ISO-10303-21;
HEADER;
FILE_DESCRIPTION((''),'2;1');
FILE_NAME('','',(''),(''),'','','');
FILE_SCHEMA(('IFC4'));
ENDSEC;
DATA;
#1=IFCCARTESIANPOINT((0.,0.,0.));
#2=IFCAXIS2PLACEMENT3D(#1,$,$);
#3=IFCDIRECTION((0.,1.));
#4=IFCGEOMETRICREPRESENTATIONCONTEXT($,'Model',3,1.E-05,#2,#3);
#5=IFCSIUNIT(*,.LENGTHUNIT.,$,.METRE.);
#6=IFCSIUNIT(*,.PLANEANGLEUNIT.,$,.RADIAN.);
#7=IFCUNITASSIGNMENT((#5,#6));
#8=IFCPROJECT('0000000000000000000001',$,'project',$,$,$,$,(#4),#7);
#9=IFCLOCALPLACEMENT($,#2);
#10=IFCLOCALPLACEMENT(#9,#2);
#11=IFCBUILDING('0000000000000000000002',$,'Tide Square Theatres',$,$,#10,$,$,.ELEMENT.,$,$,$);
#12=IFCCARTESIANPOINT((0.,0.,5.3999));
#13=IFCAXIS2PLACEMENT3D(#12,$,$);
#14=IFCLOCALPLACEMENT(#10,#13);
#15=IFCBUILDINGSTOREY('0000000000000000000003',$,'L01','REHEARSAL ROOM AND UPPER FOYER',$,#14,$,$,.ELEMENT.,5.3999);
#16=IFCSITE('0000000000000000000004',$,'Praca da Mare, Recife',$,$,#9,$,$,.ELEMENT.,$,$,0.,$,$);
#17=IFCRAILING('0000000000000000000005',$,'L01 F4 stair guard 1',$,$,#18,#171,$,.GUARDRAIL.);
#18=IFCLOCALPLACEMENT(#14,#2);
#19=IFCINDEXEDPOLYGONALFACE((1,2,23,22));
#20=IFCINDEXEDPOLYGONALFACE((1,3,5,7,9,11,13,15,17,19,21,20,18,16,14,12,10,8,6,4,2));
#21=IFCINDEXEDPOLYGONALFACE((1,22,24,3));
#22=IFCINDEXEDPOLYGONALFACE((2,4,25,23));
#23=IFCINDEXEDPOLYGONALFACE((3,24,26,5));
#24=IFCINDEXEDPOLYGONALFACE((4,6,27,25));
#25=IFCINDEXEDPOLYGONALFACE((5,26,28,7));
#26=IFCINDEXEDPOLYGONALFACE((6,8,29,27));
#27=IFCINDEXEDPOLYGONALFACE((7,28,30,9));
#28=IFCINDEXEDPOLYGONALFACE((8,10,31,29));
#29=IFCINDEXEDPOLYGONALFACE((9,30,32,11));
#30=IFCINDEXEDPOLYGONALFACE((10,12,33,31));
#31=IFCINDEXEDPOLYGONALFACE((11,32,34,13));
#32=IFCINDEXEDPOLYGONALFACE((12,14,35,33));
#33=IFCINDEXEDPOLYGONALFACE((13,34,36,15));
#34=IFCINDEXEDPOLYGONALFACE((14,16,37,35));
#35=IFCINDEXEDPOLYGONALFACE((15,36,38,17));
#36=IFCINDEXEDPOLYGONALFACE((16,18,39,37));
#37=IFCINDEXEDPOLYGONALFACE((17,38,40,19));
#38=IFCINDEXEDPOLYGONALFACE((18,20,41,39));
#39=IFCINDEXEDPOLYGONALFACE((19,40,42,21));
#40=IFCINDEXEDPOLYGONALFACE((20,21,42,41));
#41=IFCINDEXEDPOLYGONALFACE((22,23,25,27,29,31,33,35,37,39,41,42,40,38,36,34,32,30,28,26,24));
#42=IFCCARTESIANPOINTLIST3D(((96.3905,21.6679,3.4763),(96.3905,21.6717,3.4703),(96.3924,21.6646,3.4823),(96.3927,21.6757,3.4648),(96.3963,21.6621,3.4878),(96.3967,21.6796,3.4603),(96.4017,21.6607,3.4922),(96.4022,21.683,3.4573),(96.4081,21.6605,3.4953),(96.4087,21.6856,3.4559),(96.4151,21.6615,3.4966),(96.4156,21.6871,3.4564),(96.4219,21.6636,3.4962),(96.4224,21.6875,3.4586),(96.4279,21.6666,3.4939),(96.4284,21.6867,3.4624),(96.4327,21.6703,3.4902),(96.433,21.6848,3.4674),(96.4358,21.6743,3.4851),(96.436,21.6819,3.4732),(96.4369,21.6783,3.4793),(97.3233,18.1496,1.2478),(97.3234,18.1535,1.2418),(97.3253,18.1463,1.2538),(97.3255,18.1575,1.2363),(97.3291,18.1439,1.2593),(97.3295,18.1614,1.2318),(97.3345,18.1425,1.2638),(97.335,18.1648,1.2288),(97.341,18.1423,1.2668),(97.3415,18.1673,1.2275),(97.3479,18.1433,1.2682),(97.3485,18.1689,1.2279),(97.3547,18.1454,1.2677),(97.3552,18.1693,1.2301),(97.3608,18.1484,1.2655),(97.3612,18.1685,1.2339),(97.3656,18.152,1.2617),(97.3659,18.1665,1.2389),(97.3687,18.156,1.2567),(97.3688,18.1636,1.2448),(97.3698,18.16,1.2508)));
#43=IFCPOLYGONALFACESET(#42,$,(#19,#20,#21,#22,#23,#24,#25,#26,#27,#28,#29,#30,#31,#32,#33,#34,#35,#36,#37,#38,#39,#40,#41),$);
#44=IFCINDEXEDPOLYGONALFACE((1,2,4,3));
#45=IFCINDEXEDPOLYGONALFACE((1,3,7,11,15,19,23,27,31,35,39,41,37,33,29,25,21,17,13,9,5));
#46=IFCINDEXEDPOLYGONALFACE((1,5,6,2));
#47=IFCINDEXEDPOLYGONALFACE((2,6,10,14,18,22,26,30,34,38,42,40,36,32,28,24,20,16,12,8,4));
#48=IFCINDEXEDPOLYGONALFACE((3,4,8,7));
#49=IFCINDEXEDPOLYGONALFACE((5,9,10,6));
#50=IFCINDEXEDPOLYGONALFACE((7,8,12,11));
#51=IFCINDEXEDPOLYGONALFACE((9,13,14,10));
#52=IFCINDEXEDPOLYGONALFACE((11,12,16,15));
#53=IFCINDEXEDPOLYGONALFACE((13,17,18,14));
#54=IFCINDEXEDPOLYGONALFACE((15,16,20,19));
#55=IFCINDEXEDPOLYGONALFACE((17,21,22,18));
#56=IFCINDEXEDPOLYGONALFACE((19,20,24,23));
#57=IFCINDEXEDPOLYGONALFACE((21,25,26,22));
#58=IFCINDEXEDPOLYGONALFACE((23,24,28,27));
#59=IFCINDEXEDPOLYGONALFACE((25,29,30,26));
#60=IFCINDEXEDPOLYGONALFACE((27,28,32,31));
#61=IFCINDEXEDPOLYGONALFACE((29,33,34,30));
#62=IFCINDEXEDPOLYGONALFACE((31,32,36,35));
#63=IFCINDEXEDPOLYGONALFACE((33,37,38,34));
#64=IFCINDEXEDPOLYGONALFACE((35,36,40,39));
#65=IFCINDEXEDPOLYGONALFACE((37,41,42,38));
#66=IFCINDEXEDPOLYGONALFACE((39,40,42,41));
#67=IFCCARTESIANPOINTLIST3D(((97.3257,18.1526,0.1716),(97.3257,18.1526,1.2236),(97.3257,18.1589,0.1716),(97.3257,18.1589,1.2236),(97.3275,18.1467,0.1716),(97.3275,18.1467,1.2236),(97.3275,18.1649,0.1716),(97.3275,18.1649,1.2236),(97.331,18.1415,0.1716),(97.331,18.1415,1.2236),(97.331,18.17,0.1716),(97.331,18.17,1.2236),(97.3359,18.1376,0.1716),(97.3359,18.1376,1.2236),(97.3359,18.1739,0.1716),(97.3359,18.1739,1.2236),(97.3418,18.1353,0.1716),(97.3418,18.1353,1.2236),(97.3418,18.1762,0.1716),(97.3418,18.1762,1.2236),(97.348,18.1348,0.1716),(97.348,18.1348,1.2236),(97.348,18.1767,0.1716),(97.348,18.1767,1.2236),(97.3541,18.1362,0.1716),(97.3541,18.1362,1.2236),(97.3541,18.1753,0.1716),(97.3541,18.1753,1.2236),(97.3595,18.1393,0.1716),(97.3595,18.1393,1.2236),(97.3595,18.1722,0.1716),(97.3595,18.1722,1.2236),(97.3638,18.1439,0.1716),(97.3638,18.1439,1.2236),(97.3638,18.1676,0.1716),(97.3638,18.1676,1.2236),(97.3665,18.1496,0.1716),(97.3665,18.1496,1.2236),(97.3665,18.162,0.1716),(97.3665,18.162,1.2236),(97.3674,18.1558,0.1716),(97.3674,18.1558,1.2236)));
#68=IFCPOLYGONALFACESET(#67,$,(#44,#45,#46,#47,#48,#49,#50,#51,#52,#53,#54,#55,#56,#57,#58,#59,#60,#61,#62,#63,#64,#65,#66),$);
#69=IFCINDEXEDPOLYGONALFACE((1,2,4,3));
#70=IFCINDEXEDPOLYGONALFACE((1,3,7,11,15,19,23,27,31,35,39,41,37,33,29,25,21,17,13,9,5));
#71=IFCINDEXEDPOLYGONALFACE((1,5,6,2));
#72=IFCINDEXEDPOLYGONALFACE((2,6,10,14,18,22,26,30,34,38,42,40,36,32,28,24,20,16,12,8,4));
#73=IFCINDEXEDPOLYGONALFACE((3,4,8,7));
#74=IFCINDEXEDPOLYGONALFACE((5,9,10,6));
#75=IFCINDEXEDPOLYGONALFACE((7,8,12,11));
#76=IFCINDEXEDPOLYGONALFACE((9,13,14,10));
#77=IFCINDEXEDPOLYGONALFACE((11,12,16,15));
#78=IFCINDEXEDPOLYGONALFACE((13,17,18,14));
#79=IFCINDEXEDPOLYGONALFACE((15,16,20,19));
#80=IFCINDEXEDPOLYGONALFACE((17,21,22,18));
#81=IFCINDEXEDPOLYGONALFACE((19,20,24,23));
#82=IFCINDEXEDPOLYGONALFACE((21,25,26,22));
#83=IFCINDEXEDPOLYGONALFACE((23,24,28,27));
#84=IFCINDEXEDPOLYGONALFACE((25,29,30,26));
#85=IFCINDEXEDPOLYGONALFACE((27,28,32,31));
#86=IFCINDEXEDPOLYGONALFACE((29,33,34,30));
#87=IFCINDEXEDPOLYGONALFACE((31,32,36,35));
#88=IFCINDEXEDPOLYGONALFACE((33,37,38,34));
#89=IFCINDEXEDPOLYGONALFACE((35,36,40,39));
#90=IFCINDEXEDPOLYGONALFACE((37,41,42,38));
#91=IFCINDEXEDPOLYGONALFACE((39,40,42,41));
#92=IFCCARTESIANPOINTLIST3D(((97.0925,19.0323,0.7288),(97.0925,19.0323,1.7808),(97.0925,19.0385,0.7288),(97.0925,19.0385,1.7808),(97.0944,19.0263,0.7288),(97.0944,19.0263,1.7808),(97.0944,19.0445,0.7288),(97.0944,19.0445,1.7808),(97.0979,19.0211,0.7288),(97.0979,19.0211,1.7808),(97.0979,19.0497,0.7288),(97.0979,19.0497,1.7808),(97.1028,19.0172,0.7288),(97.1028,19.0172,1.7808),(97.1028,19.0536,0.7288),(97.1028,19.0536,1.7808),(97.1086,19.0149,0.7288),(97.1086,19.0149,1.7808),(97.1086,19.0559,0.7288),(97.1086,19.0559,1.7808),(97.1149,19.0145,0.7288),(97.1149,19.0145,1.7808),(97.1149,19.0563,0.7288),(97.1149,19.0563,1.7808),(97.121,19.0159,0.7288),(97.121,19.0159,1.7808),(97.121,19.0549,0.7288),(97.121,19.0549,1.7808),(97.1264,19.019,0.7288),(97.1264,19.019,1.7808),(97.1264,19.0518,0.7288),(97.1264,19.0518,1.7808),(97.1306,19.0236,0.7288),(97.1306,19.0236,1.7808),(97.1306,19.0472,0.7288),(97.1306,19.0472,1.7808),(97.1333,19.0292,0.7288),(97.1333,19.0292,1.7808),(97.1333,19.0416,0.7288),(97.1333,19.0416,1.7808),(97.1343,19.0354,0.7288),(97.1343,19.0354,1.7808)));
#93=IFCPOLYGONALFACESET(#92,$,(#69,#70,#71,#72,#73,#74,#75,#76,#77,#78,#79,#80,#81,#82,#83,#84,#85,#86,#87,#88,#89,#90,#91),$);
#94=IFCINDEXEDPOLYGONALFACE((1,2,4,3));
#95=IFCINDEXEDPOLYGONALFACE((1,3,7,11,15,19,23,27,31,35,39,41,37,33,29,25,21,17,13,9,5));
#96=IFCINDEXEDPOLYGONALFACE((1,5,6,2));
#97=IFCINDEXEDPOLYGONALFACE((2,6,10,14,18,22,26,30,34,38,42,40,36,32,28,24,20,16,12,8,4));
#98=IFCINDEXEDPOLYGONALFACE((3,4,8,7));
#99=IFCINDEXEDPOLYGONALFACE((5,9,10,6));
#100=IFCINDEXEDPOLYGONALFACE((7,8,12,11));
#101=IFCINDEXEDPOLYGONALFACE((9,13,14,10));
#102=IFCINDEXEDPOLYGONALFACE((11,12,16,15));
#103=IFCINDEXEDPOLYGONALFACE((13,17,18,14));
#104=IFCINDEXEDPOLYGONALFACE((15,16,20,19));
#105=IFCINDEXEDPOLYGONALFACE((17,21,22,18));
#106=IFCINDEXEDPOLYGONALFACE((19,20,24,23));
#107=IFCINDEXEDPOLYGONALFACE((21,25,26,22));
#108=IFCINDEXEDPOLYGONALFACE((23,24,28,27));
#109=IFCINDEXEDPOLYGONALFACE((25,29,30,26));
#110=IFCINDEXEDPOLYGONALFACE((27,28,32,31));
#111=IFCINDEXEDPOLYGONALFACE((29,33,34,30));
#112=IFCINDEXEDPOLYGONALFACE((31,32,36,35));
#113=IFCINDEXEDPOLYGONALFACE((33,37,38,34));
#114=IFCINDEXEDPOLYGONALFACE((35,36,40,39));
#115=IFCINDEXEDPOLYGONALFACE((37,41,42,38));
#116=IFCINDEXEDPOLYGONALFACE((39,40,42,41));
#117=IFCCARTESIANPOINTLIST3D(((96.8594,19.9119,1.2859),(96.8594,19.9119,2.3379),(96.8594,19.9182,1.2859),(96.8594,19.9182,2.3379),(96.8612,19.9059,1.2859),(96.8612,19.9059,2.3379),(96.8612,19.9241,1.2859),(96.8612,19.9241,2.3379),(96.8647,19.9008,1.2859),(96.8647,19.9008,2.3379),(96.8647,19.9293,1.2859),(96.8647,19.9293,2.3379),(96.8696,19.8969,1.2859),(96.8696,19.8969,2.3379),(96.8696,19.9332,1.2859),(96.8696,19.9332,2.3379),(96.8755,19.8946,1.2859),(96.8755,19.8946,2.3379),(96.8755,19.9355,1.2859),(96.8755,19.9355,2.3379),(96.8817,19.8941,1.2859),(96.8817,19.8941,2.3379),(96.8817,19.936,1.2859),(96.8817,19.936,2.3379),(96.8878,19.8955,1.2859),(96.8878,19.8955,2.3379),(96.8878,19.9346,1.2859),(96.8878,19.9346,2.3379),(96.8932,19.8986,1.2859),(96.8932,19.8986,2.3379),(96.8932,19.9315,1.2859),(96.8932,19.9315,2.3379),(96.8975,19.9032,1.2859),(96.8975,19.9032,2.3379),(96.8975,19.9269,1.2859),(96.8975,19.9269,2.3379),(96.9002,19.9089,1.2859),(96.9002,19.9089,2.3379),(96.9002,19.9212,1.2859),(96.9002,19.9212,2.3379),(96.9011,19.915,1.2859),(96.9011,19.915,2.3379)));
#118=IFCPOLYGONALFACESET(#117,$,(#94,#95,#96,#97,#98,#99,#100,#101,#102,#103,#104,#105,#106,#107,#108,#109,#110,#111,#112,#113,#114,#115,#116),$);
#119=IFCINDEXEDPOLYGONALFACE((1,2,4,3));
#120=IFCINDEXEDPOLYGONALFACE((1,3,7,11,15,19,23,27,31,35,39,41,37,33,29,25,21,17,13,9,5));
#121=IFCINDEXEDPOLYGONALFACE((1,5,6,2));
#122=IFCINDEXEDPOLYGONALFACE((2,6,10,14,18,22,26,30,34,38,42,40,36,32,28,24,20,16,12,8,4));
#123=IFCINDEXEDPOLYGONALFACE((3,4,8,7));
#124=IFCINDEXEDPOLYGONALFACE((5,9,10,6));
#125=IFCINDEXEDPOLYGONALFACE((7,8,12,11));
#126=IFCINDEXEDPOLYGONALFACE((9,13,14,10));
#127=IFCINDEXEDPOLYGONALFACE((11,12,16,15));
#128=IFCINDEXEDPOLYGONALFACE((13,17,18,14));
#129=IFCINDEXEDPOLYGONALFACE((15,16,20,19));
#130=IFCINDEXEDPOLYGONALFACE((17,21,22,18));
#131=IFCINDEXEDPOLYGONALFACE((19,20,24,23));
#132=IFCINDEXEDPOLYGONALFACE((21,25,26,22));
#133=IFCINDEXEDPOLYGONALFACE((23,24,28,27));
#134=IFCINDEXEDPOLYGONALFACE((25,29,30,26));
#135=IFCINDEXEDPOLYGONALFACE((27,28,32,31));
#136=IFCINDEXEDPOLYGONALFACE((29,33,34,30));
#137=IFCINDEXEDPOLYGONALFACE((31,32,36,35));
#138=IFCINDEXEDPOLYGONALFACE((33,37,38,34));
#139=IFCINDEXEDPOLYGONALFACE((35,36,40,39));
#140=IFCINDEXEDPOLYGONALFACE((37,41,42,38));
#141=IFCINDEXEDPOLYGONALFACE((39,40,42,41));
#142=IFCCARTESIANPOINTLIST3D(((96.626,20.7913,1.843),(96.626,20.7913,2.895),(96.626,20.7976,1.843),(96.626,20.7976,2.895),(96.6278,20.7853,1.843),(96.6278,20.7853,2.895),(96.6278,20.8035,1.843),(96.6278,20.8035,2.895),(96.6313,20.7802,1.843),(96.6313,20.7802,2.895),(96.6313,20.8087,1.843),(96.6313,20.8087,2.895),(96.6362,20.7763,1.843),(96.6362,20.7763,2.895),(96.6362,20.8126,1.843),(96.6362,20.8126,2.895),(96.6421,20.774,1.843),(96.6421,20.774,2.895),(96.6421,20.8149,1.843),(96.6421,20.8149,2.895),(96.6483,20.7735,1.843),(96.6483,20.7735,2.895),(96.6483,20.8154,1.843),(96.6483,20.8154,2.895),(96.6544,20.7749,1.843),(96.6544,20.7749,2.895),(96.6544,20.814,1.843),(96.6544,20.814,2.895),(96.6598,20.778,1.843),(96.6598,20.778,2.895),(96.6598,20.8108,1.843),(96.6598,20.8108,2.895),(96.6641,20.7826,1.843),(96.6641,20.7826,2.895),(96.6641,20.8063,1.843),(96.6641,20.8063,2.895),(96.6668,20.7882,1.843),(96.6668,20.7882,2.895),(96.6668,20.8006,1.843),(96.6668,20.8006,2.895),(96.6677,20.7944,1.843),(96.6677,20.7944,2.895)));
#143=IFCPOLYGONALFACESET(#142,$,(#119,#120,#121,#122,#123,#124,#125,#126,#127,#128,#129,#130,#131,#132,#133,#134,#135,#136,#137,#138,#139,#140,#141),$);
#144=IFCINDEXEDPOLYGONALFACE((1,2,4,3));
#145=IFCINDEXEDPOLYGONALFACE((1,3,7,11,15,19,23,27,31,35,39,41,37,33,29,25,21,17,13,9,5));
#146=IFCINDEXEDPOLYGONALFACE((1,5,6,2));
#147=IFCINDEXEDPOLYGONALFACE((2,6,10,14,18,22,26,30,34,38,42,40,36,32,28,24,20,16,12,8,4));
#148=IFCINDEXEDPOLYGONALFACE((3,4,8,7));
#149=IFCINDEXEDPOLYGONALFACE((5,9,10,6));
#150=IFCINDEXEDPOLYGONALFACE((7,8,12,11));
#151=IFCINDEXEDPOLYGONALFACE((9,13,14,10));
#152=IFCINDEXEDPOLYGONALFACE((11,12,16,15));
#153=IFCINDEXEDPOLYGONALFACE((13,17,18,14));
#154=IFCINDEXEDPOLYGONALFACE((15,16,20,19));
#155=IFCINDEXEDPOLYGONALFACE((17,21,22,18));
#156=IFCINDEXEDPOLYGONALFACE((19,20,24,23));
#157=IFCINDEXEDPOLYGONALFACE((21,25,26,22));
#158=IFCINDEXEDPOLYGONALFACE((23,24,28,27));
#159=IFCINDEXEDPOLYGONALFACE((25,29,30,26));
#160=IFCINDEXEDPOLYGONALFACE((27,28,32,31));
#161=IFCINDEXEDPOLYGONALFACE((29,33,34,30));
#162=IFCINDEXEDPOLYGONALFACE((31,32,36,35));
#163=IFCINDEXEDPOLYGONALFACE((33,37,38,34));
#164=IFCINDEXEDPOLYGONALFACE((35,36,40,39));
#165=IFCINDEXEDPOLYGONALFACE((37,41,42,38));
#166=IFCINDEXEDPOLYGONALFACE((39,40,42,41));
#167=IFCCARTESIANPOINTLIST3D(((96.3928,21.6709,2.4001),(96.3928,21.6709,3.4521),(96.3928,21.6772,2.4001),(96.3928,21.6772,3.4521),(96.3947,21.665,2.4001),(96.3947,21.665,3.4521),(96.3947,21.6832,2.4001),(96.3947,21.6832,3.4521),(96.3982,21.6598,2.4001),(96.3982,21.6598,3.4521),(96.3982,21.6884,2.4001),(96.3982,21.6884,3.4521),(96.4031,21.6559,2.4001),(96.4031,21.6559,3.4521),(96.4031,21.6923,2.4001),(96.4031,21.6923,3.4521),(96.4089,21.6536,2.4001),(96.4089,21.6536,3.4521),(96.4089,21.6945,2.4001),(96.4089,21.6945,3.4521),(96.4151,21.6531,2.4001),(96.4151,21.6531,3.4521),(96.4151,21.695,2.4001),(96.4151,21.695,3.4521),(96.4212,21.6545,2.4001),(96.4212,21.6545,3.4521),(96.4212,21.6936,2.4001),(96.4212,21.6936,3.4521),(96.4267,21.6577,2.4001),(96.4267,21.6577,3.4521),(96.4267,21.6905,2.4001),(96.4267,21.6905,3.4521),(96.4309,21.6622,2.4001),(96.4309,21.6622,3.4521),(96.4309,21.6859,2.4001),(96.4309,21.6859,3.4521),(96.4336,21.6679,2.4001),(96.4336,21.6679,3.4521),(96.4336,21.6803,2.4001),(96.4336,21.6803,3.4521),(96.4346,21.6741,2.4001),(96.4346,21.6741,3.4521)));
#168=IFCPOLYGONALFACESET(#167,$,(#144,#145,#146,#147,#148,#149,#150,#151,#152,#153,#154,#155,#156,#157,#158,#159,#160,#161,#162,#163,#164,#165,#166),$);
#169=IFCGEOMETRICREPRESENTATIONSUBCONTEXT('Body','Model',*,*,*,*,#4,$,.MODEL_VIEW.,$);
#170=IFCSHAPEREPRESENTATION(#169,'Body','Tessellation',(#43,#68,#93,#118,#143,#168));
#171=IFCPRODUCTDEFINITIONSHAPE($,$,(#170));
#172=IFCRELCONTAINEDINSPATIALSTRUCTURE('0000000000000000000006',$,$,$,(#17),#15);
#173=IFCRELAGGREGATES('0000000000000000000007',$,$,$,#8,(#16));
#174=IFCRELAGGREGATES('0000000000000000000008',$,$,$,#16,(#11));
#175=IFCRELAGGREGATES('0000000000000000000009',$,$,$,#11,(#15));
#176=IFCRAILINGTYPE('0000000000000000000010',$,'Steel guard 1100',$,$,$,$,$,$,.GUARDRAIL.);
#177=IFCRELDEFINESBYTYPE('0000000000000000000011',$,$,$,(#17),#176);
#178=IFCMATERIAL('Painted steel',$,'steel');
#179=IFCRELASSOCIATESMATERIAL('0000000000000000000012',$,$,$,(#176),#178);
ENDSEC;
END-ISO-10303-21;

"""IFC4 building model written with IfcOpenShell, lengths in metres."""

from ifc_helpers import new_model, si_unit, direction, frame, origin, origin_2d, place, context, subcontext, project, spatial, circle, extrude, material, type_object, element, save


model = new_model("IFC4")

# Units and contexts
model_context = context("Model", 3, precision=1e-05, world=origin(), true_north=direction((0.0, 1.0)))
body_context = subcontext(model_context, "Body", "Model", "MODEL_VIEW")
ifc_project = project(units=[si_unit("LENGTHUNIT", "METRE"), si_unit("PLANEANGLEUNIT", "RADIAN")], contexts=[model_context])

# Site, building, storey
site_placement = place(None, origin())
site = spatial("IfcSite", under=ifc_project, at=site_placement, Name="Praca da Mare, Recife", CompositionType="ELEMENT", RefElevation=0.0)
building_placement = place(site_placement, origin())
building = spatial("IfcBuilding", under=site, at=building_placement, Name="Tide Square Theatres", CompositionType="ELEMENT")
storey_placement = place(building_placement, frame((0.0, 0.0, 5.3999)))
storey = spatial("IfcBuildingStorey", under=building, at=storey_placement, Name="L01", Description="REHEARSAL ROOM AND UPPER FOYER", CompositionType="ELEMENT", Elevation=5.3999)

# Railing
ifc_material_1 = material(Name="Painted steel", Category="steel")
railing_type_1 = type_object("IfcRailingType", Name="Steel guard 1100", PredefinedType="GUARDRAIL", material=ifc_material_1)
railing_placement = place(storey_placement, frame((97.3464, 18.1558, 0.1716)))
element("IfcRailing", 1, at=railing_placement, inside=storey, type_object=railing_type_1, Name="L01 F4 stair guard 1", PredefinedType="GUARDRAIL", context=body_context, shape_type="SweptSolid", body=[
    extrude(circle(Radius=0.0239, at=origin_2d()), frame((0.0, 0.0, 1.0762), z_axis=(-0.218576, 0.824365, 0.522157), x_axis=(-0.9666, -0.256289, 0.0)), (0.0, 0.0, 1.0), 4.2678),
    extrude(circle(Radius=0.021, at=origin_2d()), origin(), (0.0, 0.0, 1.0), 1.052),
    extrude(circle(Radius=0.021, at=origin_2d()), frame((-0.2332, 0.8796, 0.5571)), (0.0, 0.0, 1.0), 1.052),
    extrude(circle(Radius=0.021, at=origin_2d()), frame((-0.4663, 1.7593, 1.1143)), (0.0, 0.0, 1.0), 1.052),
    extrude(circle(Radius=0.021, at=origin_2d()), frame((-0.6997, 2.6387, 1.6714)), (0.0, 0.0, 1.0), 1.052),
    extrude(circle(Radius=0.021, at=origin_2d()), frame((-0.9329, 3.5183, 2.2285)), (0.0, 0.0, 1.0), 1.052),
])

save(model, "model.ifc")
